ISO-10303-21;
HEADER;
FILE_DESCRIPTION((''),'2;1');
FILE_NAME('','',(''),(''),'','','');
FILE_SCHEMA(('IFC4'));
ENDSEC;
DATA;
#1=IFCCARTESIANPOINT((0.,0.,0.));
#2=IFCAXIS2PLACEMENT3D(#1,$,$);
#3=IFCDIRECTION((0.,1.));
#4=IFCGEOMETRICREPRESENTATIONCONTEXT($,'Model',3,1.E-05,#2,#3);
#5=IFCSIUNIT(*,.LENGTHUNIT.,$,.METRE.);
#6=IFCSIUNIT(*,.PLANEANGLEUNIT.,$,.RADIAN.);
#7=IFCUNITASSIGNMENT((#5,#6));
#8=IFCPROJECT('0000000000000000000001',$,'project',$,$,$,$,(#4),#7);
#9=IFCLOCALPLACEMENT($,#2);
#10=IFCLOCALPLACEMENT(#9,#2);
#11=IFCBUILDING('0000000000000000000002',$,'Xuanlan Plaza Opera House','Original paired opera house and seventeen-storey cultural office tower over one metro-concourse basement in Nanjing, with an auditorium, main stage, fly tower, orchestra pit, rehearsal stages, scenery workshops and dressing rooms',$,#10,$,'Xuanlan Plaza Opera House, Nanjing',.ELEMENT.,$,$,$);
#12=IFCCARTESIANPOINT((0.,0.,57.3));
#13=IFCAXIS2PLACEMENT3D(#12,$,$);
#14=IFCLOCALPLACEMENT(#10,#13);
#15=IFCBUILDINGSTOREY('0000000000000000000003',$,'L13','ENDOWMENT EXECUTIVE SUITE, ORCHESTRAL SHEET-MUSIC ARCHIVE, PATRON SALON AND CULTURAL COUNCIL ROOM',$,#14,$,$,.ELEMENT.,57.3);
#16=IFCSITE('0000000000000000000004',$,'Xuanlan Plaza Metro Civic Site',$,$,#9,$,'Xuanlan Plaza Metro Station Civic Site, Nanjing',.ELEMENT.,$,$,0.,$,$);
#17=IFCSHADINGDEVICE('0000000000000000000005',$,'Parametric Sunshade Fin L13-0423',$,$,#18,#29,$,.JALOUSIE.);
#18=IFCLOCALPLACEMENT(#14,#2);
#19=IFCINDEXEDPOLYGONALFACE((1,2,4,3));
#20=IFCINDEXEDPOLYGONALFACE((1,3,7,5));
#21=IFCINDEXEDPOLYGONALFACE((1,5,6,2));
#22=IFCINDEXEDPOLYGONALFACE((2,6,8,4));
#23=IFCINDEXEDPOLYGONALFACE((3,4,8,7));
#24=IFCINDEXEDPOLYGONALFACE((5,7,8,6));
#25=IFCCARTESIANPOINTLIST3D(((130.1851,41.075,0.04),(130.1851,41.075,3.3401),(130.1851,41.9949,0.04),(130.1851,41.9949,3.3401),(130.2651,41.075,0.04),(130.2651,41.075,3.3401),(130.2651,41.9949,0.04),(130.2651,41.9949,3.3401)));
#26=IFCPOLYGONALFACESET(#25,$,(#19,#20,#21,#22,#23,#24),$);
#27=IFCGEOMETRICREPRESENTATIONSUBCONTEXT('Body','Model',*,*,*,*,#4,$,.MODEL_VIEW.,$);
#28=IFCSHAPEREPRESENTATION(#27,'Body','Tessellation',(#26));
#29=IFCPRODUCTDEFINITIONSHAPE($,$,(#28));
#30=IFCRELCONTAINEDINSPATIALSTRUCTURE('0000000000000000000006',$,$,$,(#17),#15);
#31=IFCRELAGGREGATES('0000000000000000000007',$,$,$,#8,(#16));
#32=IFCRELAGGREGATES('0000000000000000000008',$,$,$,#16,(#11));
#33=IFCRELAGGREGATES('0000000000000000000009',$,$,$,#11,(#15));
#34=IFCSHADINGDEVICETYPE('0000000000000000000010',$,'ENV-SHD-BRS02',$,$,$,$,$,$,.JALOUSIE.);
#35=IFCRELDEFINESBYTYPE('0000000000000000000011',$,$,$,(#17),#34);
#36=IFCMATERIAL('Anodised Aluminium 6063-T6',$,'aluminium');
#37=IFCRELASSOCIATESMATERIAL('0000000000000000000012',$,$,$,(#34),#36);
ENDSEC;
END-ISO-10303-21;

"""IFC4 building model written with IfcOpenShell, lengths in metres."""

from ifc_helpers import new_model, si_unit, direction, frame, origin, origin_2d, place, context, subcontext, project, spatial, rectangle, extrude, material, type_object, element, save


model = new_model("IFC4")

# Units and contexts
model_context = context("Model", 3, precision=1e-05, world=origin(), true_north=direction((0.0, 1.0)))
body_context = subcontext(model_context, "Body", "Model", "MODEL_VIEW")
ifc_project = project(units=[si_unit("LENGTHUNIT", "METRE"), si_unit("PLANEANGLEUNIT", "RADIAN")], contexts=[model_context])

# Site, building, storey
site_placement = place(None, origin())
site = spatial("IfcSite", under=ifc_project, at=site_placement, Name="Xuanlan Plaza Metro Civic Site", LongName="Xuanlan Plaza Metro Station Civic Site, Nanjing", CompositionType="ELEMENT", RefElevation=0.0)
building_placement = place(site_placement, origin())
building = spatial("IfcBuilding", under=site, at=building_placement, Name="Xuanlan Plaza Opera House", Description="Original paired opera house and seventeen-storey cultural office tower over one metro-concourse basement in Nanjing, with an auditorium, main stage, fly tower, orchestra pit, rehearsal stages, scenery workshops and dressing rooms", LongName="Xuanlan Plaza Opera House, Nanjing", CompositionType="ELEMENT")
storey_placement = place(building_placement, frame((0.0, 0.0, 57.3)))
storey = spatial("IfcBuildingStorey", under=building, at=storey_placement, Name="L13", Description="ENDOWMENT EXECUTIVE SUITE, ORCHESTRAL SHEET-MUSIC ARCHIVE, PATRON SALON AND CULTURAL COUNCIL ROOM", CompositionType="ELEMENT", Elevation=57.3)

# Shared definitions
ifc_material_1 = material(Name="Anodised Aluminium 6063-T6", Category="aluminium")

# Shading device
shading_device_type = type_object("IfcShadingDeviceType", Name="ENV-SHD-BRS02", PredefinedType="JALOUSIE", material=ifc_material_1)
shading_device_placement = place(storey_placement, frame((130.2251, 41.5349, 0.04), z_axis=(0.0, 0.0, 1.0), x_axis=(0.0, -1.0, 0.0)))
element("IfcShadingDevice", 1, at=shading_device_placement, inside=storey, type_object=shading_device_type, Name="Parametric Sunshade Fin L13-0423", PredefinedType="JALOUSIE", context=body_context, shape_type="SweptSolid", body=[
    extrude(rectangle(XDim=0.9199, YDim=0.0801, at=origin_2d()), origin(), (0.0, 0.0, 1.0), 3.3),
])

save(model, "model.ifc")
